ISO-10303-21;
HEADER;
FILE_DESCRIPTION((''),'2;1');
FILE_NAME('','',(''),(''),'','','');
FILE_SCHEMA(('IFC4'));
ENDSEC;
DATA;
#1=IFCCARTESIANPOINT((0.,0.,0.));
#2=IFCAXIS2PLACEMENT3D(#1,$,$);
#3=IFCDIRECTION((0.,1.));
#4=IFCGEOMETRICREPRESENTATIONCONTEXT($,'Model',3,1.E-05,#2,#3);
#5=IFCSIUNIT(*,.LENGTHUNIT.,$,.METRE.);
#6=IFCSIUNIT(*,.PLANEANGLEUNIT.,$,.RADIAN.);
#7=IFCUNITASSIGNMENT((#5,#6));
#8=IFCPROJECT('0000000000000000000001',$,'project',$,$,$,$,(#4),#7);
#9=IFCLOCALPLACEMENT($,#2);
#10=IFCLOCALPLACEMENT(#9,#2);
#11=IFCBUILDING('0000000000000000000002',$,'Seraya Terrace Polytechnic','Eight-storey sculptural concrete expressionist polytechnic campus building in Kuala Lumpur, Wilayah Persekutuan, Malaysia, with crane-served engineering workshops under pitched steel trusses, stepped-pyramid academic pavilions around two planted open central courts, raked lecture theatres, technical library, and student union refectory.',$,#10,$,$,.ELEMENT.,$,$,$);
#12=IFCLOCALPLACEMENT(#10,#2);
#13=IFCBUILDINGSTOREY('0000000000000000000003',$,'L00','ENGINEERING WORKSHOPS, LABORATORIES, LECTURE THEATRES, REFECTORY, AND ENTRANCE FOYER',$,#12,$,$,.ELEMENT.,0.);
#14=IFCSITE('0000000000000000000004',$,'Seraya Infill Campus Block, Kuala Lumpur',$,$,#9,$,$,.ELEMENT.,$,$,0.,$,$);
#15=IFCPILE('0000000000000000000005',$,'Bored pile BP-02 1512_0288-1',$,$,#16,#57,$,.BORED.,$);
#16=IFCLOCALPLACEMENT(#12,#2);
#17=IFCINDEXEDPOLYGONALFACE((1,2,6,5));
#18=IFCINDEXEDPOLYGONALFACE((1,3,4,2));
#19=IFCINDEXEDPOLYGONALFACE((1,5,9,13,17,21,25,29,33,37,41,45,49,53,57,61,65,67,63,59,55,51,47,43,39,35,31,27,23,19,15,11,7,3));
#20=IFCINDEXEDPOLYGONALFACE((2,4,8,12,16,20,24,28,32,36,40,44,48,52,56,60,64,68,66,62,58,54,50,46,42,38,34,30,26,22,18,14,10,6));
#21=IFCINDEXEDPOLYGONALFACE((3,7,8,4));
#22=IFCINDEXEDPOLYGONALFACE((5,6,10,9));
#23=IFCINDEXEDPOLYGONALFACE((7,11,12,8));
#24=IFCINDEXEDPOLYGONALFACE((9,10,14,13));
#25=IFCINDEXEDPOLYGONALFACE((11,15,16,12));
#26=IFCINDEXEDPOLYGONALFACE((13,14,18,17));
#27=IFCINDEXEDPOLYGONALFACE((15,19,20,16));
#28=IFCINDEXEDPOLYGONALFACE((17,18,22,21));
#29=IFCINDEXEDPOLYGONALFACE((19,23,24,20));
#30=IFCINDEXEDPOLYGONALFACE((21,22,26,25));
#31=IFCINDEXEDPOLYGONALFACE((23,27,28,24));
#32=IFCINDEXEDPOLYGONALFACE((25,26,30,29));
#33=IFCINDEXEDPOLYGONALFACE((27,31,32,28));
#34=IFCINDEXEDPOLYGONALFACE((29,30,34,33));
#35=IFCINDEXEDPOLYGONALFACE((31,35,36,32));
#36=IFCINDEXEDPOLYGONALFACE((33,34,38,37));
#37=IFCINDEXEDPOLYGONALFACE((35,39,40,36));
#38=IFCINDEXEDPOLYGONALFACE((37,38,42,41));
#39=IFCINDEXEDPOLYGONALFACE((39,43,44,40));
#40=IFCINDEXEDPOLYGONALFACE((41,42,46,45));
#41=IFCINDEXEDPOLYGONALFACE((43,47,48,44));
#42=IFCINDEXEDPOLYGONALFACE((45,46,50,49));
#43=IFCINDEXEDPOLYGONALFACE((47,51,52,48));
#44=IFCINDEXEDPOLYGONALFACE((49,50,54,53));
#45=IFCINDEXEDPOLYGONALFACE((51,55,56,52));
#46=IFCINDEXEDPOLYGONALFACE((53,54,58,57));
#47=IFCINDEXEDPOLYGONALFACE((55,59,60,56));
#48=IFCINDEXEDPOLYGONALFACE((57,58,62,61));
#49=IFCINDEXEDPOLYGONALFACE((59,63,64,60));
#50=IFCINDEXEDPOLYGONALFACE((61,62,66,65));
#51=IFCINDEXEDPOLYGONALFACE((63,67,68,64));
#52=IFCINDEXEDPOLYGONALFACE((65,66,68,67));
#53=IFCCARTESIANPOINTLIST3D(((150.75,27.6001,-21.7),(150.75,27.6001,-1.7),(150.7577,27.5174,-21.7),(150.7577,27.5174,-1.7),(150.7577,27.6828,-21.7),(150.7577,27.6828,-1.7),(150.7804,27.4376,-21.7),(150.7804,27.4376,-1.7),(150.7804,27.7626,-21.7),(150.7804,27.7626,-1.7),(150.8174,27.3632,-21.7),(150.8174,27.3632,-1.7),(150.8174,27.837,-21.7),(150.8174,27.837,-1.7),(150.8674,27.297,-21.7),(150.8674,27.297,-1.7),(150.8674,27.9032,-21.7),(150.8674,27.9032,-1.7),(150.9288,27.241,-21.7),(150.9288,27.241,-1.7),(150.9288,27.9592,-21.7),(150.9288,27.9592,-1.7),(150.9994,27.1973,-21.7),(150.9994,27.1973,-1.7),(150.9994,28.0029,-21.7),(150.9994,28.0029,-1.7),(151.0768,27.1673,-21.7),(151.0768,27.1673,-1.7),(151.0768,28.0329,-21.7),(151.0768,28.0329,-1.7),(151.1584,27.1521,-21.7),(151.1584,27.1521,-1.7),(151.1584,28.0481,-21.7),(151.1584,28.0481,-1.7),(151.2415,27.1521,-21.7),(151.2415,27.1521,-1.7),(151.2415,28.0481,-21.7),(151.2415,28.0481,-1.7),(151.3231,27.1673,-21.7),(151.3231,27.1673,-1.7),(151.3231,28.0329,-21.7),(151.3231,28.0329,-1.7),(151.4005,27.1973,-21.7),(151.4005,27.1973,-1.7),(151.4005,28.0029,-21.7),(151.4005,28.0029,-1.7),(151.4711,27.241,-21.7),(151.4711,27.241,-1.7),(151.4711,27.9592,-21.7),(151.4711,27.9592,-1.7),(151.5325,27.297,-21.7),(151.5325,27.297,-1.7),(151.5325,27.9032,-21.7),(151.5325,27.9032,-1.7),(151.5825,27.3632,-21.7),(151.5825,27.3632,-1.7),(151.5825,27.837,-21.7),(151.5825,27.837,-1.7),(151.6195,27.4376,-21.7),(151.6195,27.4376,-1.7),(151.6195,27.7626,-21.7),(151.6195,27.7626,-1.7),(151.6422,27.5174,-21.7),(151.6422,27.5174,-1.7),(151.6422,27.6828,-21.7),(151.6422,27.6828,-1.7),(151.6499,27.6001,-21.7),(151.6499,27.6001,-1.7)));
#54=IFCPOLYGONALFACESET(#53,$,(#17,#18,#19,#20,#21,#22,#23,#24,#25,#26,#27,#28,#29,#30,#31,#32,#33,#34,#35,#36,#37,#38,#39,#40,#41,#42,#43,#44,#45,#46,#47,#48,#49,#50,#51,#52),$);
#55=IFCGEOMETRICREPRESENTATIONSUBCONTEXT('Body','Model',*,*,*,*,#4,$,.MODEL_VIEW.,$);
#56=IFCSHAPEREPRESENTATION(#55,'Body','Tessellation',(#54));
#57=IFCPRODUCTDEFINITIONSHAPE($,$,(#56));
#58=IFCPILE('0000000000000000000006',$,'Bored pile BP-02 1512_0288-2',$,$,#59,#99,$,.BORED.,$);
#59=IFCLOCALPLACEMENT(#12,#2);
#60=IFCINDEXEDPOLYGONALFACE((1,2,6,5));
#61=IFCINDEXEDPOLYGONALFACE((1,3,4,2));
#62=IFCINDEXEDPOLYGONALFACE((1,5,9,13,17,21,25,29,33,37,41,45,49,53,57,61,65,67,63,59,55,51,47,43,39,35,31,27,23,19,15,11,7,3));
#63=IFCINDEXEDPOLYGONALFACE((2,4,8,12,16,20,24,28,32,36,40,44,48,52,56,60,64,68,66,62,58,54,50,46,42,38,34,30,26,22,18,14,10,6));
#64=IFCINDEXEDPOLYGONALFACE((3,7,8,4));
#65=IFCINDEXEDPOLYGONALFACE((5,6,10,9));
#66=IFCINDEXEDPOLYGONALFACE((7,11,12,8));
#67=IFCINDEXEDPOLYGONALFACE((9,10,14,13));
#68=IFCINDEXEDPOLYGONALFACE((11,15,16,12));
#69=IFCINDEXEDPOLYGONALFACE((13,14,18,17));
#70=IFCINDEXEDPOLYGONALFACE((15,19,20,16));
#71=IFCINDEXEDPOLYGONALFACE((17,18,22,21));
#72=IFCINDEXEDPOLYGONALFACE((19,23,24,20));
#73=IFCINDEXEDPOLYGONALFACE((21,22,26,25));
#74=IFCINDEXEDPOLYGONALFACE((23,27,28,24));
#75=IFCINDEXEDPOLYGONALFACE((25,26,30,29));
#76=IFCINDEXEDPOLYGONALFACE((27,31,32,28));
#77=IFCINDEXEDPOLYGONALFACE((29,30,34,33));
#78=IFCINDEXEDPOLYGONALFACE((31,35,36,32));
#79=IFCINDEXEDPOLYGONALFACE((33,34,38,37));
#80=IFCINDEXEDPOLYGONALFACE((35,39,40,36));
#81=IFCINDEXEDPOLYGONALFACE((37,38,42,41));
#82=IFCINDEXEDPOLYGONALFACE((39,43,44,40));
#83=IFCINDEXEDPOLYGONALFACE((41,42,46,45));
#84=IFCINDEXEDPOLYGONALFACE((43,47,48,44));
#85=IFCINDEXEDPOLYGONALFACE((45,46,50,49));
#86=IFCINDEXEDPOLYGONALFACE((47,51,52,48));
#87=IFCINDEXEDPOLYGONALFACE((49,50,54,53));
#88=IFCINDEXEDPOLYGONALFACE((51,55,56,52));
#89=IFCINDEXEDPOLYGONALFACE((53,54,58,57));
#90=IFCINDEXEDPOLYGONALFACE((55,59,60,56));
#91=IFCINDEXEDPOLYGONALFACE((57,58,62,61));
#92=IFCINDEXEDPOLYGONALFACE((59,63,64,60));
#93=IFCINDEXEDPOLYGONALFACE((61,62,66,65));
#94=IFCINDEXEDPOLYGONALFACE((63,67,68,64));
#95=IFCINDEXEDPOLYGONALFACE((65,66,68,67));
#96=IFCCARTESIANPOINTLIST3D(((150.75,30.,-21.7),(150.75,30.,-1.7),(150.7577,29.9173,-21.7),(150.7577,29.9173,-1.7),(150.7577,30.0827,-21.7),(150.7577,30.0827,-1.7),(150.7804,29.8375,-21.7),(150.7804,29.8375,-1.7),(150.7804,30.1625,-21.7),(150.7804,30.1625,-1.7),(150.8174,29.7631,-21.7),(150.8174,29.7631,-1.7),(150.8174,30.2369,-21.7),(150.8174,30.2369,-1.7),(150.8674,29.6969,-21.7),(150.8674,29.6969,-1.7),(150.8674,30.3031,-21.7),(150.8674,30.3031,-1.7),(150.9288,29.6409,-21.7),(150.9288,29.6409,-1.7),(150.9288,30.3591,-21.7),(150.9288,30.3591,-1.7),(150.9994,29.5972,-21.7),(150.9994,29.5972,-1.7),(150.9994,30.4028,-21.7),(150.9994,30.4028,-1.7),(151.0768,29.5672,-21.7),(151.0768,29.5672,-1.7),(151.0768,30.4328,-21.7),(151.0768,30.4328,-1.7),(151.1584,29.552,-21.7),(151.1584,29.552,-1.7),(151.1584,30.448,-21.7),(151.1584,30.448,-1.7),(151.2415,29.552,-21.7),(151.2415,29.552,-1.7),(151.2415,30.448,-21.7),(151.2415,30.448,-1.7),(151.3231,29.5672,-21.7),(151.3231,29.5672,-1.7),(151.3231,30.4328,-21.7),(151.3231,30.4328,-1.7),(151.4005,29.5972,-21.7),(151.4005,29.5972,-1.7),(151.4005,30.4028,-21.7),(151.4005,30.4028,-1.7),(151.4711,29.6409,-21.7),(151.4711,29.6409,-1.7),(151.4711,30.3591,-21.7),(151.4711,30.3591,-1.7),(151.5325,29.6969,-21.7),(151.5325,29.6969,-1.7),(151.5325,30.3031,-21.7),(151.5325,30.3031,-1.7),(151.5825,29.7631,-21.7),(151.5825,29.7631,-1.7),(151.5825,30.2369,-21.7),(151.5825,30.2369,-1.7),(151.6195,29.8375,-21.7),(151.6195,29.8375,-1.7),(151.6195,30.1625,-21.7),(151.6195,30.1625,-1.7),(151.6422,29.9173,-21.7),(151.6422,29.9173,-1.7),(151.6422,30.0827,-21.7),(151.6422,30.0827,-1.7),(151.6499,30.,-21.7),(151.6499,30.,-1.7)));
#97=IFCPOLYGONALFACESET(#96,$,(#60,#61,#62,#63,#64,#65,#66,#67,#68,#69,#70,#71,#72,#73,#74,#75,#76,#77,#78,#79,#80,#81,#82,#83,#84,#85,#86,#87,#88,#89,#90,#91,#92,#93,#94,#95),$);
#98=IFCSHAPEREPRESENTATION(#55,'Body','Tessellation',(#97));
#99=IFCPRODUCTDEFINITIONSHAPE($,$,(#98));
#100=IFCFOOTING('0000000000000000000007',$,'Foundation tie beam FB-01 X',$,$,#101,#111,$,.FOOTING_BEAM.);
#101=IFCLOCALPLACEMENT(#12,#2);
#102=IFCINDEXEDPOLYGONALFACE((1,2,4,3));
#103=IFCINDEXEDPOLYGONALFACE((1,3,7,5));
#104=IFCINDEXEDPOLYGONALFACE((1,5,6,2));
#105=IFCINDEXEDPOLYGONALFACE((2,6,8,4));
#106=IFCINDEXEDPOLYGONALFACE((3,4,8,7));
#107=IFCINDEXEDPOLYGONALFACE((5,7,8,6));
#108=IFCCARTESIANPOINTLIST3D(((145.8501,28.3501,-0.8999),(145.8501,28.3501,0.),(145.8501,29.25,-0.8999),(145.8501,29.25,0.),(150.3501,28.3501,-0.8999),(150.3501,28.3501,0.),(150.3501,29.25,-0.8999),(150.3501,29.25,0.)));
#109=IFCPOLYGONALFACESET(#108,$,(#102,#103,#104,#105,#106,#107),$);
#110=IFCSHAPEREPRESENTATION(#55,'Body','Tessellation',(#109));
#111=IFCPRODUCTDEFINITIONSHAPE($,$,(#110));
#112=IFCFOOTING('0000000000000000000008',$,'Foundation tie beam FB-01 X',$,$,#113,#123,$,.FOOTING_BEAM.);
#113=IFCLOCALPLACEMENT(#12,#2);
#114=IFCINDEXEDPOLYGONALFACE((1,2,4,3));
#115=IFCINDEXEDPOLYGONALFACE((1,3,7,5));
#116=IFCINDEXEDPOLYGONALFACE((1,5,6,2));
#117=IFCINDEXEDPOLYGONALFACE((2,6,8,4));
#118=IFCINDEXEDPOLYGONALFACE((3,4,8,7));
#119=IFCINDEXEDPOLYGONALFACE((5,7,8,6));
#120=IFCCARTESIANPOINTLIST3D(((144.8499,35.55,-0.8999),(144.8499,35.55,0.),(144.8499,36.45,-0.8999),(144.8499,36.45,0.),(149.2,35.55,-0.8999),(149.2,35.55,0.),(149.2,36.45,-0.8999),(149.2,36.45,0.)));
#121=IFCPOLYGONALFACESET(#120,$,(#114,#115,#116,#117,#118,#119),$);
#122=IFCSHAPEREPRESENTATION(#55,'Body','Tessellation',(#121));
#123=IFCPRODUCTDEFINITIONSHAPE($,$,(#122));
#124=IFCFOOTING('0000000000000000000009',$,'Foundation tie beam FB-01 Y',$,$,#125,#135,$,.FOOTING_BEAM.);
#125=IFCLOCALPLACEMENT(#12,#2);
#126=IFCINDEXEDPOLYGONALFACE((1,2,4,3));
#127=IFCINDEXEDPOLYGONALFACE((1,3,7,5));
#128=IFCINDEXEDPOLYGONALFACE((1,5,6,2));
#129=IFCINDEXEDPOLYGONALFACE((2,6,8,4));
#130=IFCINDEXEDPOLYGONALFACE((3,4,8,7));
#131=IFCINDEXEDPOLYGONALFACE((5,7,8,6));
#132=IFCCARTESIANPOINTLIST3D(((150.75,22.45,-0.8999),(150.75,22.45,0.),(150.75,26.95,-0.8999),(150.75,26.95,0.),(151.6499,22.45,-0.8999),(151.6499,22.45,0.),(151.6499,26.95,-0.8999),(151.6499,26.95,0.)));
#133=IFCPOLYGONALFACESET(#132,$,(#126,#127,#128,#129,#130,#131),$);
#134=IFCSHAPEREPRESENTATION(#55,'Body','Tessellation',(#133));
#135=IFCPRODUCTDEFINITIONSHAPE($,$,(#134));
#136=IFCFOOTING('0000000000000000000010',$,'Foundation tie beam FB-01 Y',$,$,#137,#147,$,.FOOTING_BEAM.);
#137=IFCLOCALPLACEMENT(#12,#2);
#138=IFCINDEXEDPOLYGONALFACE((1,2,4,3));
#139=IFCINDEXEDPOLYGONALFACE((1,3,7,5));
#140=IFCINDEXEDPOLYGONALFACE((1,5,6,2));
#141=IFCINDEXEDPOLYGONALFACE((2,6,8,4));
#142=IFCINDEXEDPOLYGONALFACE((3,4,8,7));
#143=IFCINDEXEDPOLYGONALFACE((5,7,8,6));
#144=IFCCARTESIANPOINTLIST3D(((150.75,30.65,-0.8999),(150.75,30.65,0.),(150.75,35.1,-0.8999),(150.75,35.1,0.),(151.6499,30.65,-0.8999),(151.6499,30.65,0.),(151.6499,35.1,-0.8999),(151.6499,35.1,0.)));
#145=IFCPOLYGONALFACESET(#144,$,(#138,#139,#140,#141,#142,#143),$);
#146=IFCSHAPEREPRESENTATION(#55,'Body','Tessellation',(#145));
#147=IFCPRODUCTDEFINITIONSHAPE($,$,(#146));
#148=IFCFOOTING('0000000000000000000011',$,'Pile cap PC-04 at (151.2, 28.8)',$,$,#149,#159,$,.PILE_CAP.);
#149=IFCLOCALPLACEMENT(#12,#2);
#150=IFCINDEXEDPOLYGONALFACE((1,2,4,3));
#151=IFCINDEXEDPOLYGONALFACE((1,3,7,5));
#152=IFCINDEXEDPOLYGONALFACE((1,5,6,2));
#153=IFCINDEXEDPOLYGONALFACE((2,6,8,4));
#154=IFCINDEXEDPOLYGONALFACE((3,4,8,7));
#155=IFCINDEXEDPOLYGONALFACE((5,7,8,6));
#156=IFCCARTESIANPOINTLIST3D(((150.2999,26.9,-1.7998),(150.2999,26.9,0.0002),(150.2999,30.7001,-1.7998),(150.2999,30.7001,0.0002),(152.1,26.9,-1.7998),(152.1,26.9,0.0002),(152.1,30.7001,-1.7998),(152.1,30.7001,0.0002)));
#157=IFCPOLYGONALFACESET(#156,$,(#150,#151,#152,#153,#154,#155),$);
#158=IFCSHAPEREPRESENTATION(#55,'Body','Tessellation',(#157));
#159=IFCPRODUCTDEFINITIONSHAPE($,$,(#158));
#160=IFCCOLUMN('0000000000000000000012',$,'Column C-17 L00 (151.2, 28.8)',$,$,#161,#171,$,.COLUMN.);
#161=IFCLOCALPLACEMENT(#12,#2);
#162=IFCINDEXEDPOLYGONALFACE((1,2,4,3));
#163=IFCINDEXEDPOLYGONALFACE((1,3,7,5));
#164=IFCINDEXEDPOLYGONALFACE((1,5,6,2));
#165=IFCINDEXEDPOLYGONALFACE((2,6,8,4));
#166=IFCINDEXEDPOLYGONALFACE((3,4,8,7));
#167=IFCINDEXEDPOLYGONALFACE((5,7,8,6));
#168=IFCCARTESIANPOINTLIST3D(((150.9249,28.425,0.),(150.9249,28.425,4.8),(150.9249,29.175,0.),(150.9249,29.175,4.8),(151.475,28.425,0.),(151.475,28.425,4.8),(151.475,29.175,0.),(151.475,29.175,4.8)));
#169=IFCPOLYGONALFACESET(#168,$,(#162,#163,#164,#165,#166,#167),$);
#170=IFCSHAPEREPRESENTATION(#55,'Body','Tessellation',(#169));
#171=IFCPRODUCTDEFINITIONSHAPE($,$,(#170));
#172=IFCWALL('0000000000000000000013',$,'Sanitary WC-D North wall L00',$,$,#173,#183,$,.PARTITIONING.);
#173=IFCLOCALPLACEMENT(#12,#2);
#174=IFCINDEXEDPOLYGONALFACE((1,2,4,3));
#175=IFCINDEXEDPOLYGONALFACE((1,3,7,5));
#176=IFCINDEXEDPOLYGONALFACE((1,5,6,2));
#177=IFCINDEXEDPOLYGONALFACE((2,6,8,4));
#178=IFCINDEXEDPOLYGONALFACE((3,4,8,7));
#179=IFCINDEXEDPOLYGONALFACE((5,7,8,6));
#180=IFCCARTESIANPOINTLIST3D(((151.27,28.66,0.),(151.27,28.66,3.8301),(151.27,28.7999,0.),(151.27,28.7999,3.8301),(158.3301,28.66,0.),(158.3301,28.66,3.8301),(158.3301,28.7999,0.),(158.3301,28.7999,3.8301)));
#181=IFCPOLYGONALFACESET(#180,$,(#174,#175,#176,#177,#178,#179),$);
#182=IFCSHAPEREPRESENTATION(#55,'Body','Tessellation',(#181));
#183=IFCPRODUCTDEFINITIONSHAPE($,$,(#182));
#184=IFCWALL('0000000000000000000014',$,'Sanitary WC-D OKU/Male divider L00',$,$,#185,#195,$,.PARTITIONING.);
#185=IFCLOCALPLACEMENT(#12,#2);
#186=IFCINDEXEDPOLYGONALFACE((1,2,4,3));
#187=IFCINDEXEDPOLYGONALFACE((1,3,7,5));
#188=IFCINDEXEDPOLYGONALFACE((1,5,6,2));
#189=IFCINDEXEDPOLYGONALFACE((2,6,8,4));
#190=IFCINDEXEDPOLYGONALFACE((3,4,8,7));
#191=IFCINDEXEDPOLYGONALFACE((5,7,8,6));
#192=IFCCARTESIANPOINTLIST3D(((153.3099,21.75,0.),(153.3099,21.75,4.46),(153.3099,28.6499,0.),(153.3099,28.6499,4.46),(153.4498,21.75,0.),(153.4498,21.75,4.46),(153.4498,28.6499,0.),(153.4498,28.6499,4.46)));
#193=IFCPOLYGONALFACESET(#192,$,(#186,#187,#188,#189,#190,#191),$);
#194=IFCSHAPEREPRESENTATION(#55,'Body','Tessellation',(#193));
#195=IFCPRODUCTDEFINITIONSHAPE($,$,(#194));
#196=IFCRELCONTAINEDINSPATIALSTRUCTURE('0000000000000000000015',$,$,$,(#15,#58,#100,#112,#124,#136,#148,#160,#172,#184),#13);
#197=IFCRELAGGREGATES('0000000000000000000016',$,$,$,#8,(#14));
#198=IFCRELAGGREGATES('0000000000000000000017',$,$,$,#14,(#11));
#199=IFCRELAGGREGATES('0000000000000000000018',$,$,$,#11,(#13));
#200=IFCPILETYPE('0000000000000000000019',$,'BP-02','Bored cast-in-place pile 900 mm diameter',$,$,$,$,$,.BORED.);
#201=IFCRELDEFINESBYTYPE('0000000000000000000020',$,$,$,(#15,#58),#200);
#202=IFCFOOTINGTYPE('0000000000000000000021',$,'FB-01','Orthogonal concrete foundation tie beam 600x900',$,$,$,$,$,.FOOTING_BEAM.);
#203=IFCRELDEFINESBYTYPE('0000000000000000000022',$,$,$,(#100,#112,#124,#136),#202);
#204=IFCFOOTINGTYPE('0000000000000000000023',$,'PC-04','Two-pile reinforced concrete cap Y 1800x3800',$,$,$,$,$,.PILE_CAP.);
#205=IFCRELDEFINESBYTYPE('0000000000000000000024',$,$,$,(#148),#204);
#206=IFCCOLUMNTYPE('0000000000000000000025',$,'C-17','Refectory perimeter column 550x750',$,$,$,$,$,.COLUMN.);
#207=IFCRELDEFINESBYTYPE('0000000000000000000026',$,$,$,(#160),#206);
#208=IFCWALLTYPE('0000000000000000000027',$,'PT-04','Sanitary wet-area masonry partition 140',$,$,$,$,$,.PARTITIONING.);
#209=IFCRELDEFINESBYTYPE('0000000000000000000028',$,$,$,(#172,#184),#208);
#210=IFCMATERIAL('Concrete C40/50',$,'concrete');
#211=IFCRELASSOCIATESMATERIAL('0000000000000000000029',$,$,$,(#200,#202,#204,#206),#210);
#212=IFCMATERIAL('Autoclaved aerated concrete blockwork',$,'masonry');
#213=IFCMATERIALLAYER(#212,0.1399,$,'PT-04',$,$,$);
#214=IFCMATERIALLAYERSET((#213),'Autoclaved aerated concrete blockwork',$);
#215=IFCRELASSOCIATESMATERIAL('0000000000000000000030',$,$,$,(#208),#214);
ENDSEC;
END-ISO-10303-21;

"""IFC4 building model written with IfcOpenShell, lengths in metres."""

from ifc_helpers import new_model, si_unit, direction, frame, frame_2d, origin, origin_2d, place, context, subcontext, project, spatial, rectangle, circle, extrude, material, layer, layer_set, material_profile, profile_set, type_object, element, save


model = new_model("IFC4")

# Units and contexts
model_context = context("Model", 3, precision=1e-05, world=origin(), true_north=direction((0.0, 1.0)))
body_context = subcontext(model_context, "Body", "Model", "MODEL_VIEW")
ifc_project = project(units=[si_unit("LENGTHUNIT", "METRE"), si_unit("PLANEANGLEUNIT", "RADIAN")], contexts=[model_context])

# Site, building, storey
site_placement = place(None, origin())
site = spatial("IfcSite", under=ifc_project, at=site_placement, Name="Seraya Infill Campus Block, Kuala Lumpur", CompositionType="ELEMENT", RefElevation=0.0)
building_placement = place(site_placement, origin())
building = spatial("IfcBuilding", under=site, at=building_placement, Name="Seraya Terrace Polytechnic", Description="Eight-storey sculptural concrete expressionist polytechnic campus building in Kuala Lumpur, Wilayah Persekutuan, Malaysia, with crane-served engineering workshops under pitched steel trusses, stepped-pyramid academic pavilions around two planted open central courts, raked lecture theatres, technical library, and student union refectory.", CompositionType="ELEMENT")
storey_placement = place(building_placement, origin())
storey = spatial("IfcBuildingStorey", under=building, at=storey_placement, Name="L00", Description="ENGINEERING WORKSHOPS, LABORATORIES, LECTURE THEATRES, REFECTORY, AND ENTRANCE FOYER", CompositionType="ELEMENT", Elevation=0.0)

# Piles
ifc_material_1 = material(Name="Concrete C40/50", Category="concrete")
ifc_material_profile_1 = material_profile(ifc_material_1, circle(Radius=0.45, at=origin_2d()), Name="DIA 900")
ifc_profile_set_1 = profile_set([ifc_material_profile_1], Name="Concrete C40/50")
pile_type = type_object("IfcPileType", Name="BP-02", Description="Bored cast-in-place pile 900 mm diameter", PredefinedType="BORED", material=ifc_profile_set_1)
for number, where, z_axis, x_axis, name in (
    (1, (151.2, 27.6001, -1.7), (0.0, 0.0, -1.0), (1.0, 0.0, 0.0), "Bored pile BP-02 1512_0288-1"),
    (2, (151.2, 30.0, -1.7), (0.0, 0.0, -1.0), (1.0, 0.0, 0.0), "Bored pile BP-02 1512_0288-2"),
):
    element("IfcPile", number, at=place(storey_placement, frame(where, z_axis=z_axis, x_axis=x_axis)), inside=storey, type_object=pile_type, Name=name, PredefinedType="BORED", context=body_context, shape_type="SweptSolid", body=[
        extrude(circle(Radius=0.45, at=origin_2d()), origin(), (0.0, 0.0, 1.0), 20.0),
    ])

# Footings
footing_type_1 = type_object("IfcFootingType", Name="FB-01", Description="Orthogonal concrete foundation tie beam 600x900", PredefinedType="FOOTING_BEAM", material=ifc_material_1)
footing_1_placement = place(storey_placement, frame((148.1001, 28.8, -0.8999), z_axis=(0.0, 0.0, 1.0), x_axis=(1.0, 0.0, 0.0)))
element("IfcFooting", 3, at=footing_1_placement, inside=storey, type_object=footing_type_1, Name="Foundation tie beam FB-01 X", PredefinedType="FOOTING_BEAM", context=body_context, shape_type="SweptSolid", body=[
    extrude(rectangle(XDim=4.5, YDim=0.8999, at=origin_2d()), origin(), (0.0, 0.0, 1.0), 0.8999),
])
footing_2_placement = place(storey_placement, frame((147.0249, 36.0, -0.8999), z_axis=(0.0, 0.0, 1.0), x_axis=(1.0, 0.0, 0.0)))
element("IfcFooting", 4, at=footing_2_placement, inside=storey, type_object=footing_type_1, Name="Foundation tie beam FB-01 X", PredefinedType="FOOTING_BEAM", context=body_context, shape_type="SweptSolid", body=[
    extrude(rectangle(XDim=4.3501, YDim=0.8999, at=origin_2d()), origin(), (0.0, 0.0, 1.0), 0.8999),
])
footing_3_placement = place(storey_placement, frame((151.2, 24.7, -0.8999), z_axis=(0.0, 0.0, 1.0), x_axis=(0.0, 1.0, 0.0)))
element("IfcFooting", 5, at=footing_3_placement, inside=storey, type_object=footing_type_1, Name="Foundation tie beam FB-01 Y", PredefinedType="FOOTING_BEAM", context=body_context, shape_type="SweptSolid", body=[
    extrude(rectangle(XDim=4.5, YDim=0.8999, at=origin_2d()), origin(), (0.0, 0.0, 1.0), 0.8999),
])
footing_4_placement = place(storey_placement, frame((151.2, 32.875, -0.8999), z_axis=(0.0, 0.0, 1.0), x_axis=(0.0, 1.0, 0.0)))
element("IfcFooting", 6, at=footing_4_placement, inside=storey, type_object=footing_type_1, Name="Foundation tie beam FB-01 Y", PredefinedType="FOOTING_BEAM", context=body_context, shape_type="SweptSolid", body=[
    extrude(rectangle(XDim=4.45, YDim=0.8999, at=origin_2d()), origin(), (0.0, 0.0, 1.0), 0.8999),
])
footing_type_2 = type_object("IfcFootingType", Name="PC-04", Description="Two-pile reinforced concrete cap Y 1800x3800", PredefinedType="PILE_CAP", material=ifc_material_1)
footing_5_placement = place(storey_placement, frame((151.2, 28.8, -1.7998), z_axis=(0.0, 0.0, 1.0), x_axis=(1.0, 0.0, 0.0)))
element("IfcFooting", 7, at=footing_5_placement, inside=storey, type_object=footing_type_2, Name="Pile cap PC-04 at (151.2, 28.8)", PredefinedType="PILE_CAP", context=body_context, shape_type="SweptSolid", body=[
    extrude(rectangle(XDim=1.8, YDim=3.8, at=origin_2d()), origin(), (0.0, 0.0, 1.0), 1.8),
])

# Column
ifc_material_profile_2 = material_profile(ifc_material_1, rectangle(XDim=0.55, YDim=0.75, at=origin_2d()), Name="RC 550x750")
ifc_profile_set_2 = profile_set([ifc_material_profile_2], Name="Concrete C40/50")
column_type = type_object("IfcColumnType", Name="C-17", Description="Refectory perimeter column 550x750", PredefinedType="COLUMN", material=ifc_profile_set_2)
column_placement = place(storey_placement, frame((151.2, 28.8, 0.0), z_axis=(0.0, 0.0, 1.0), x_axis=(1.0, 0.0, 0.0)))
element("IfcColumn", 8, at=column_placement, inside=storey, type_object=column_type, Name="Column C-17 L00 (151.2, 28.8)", PredefinedType="COLUMN", context=body_context, shape_type="SweptSolid", body=[
    extrude(rectangle(XDim=0.55, YDim=0.75, at=origin_2d()), origin(), (0.0, 0.0, 1.0), 4.8),
])

# Walls
ifc_material_2 = material(Name="Autoclaved aerated concrete blockwork", Category="masonry")
ifc_layer_1 = layer(ifc_material_2, 0.1399, Name="PT-04")
ifc_layer_set_1 = layer_set([ifc_layer_1], Name="Autoclaved aerated concrete blockwork")
wall_type_1 = type_object("IfcWallType", Name="PT-04", Description="Sanitary wet-area masonry partition 140", PredefinedType="PARTITIONING", material=ifc_layer_set_1)
wall_1_placement = place(storey_placement, frame((151.27, 28.73, 0.0), z_axis=(0.0, 0.0, 1.0), x_axis=(1.0, 0.0, 0.0)))
element("IfcWall", 9, at=wall_1_placement, inside=storey, type_object=wall_type_1, Name="Sanitary WC-D North wall L00", PredefinedType="PARTITIONING", context=body_context, shape_type="SweptSolid", body=[
    extrude(rectangle(XDim=7.0601, YDim=0.1399, at=frame_2d((3.53, 0.0))), origin(), (0.0, 0.0, 1.0), 3.8301),
])
wall_2_placement = place(storey_placement, frame((153.3799, 21.75, 0.0), z_axis=(0.0, 0.0, 1.0), x_axis=(0.0, 1.0, 0.0)))
element("IfcWall", 10, at=wall_2_placement, inside=storey, type_object=wall_type_1, Name="Sanitary WC-D OKU/Male divider L00", PredefinedType="PARTITIONING", context=body_context, shape_type="SweptSolid", body=[
    extrude(rectangle(XDim=6.8999, YDim=0.1399, at=frame_2d((3.45, 0.0))), origin(), (0.0, 0.0, 1.0), 4.46),
])

save(model, "model.ifc")
